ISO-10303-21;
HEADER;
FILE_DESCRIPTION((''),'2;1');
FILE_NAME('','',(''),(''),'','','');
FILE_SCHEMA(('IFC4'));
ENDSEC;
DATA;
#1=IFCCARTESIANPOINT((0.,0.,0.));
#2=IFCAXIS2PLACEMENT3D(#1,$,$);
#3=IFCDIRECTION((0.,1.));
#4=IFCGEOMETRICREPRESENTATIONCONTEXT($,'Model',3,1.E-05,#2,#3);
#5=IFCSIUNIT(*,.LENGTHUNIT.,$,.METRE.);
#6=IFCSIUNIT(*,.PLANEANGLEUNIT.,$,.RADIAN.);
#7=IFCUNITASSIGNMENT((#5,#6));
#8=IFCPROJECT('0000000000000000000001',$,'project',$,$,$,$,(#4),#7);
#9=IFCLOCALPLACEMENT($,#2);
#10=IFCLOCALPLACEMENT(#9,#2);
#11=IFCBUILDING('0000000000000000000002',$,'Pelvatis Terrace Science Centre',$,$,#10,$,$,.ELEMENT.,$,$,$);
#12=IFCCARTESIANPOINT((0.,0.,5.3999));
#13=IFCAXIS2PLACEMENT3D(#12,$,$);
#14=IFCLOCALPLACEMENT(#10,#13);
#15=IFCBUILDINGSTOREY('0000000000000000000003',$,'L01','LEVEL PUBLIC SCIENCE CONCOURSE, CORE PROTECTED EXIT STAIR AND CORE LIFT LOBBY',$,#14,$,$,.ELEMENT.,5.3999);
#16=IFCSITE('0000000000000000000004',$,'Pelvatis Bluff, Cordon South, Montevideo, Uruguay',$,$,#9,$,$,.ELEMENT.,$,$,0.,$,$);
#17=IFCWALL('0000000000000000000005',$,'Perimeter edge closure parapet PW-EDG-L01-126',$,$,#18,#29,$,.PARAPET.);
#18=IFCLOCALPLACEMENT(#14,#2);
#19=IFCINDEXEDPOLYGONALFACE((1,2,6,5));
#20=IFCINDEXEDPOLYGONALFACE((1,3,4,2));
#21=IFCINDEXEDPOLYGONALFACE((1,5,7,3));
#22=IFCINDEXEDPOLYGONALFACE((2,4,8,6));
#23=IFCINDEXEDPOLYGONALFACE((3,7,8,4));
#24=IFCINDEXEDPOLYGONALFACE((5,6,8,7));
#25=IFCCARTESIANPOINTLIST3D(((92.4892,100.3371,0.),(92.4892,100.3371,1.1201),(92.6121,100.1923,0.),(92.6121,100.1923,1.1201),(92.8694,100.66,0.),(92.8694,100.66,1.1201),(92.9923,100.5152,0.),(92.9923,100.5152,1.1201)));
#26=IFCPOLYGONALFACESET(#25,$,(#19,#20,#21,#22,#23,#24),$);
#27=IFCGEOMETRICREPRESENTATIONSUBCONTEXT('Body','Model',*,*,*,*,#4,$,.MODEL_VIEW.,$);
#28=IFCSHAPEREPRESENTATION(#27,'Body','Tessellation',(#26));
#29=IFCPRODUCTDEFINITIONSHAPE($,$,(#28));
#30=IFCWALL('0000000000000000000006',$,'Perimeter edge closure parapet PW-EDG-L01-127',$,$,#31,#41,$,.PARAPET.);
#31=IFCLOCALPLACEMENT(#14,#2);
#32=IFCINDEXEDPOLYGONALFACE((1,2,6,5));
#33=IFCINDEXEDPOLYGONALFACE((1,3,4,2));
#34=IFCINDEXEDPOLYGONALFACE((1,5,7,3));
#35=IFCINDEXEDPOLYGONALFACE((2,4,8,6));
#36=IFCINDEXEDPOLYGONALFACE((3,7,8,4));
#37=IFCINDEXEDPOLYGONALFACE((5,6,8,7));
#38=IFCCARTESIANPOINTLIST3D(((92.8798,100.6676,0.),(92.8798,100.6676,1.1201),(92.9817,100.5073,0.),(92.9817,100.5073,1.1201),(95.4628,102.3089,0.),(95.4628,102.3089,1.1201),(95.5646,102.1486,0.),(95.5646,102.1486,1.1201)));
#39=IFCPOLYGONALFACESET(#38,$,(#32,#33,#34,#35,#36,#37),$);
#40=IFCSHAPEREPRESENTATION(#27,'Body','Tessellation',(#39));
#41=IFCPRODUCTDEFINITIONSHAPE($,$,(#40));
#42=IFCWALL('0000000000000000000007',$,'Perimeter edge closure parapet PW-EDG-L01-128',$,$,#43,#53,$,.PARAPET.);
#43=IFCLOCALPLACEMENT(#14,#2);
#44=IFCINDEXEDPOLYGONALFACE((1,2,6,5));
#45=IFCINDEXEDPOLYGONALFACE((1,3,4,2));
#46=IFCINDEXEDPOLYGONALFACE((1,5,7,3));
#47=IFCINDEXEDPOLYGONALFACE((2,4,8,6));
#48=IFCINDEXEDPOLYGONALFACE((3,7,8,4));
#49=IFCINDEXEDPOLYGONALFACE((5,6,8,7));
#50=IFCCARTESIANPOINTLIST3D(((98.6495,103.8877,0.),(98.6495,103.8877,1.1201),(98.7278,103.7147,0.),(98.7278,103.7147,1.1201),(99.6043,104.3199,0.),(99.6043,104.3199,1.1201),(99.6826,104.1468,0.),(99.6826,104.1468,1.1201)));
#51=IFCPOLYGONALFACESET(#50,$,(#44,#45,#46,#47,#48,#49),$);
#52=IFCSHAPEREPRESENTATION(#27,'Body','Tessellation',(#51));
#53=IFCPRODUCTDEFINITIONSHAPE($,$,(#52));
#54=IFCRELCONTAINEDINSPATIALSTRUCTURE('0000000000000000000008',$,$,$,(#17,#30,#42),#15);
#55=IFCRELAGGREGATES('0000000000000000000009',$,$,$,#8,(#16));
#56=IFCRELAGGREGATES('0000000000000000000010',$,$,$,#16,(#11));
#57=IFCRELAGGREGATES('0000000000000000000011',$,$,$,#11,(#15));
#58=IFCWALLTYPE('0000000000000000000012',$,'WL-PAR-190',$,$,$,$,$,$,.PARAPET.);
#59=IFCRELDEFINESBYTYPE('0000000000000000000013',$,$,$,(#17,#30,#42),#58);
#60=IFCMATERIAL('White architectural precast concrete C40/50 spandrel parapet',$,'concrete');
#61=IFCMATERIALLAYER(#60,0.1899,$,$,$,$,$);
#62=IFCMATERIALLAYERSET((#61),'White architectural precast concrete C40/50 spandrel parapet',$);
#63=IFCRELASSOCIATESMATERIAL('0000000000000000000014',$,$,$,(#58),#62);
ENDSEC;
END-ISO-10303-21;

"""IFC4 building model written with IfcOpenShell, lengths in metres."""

from ifc_helpers import new_model, si_unit, direction, frame, frame_2d, origin, place, context, subcontext, project, spatial, rectangle, extrude, material, layer, layer_set, type_object, element, save


model = new_model("IFC4")

# Units and contexts
model_context = context("Model", 3, precision=1e-05, world=origin(), true_north=direction((0.0, 1.0)))
body_context = subcontext(model_context, "Body", "Model", "MODEL_VIEW")
ifc_project = project(units=[si_unit("LENGTHUNIT", "METRE"), si_unit("PLANEANGLEUNIT", "RADIAN")], contexts=[model_context])

# Site, building, storey
site_placement = place(None, origin())
site = spatial("IfcSite", under=ifc_project, at=site_placement, Name="Pelvatis Bluff, Cordon South, Montevideo, Uruguay", CompositionType="ELEMENT", RefElevation=0.0)
building_placement = place(site_placement, origin())
building = spatial("IfcBuilding", under=site, at=building_placement, Name="Pelvatis Terrace Science Centre", CompositionType="ELEMENT")
storey_placement = place(building_placement, frame((0.0, 0.0, 5.3999)))
storey = spatial("IfcBuildingStorey", under=building, at=storey_placement, Name="L01", Description="LEVEL PUBLIC SCIENCE CONCOURSE, CORE PROTECTED EXIT STAIR AND CORE LIFT LOBBY", CompositionType="ELEMENT", Elevation=5.3999)

# Walls
ifc_material_1 = material(Name="White architectural precast concrete C40/50 spandrel parapet", Category="concrete")
ifc_layer_1 = layer(ifc_material_1, 0.1899)
ifc_layer_set_1 = layer_set([ifc_layer_1], Name="White architectural precast concrete C40/50 spandrel parapet")
wall_type_1 = type_object("IfcWallType", Name="WL-PAR-190", PredefinedType="PARAPET", material=ifc_layer_set_1)
wall_1_placement = place(storey_placement, frame((92.5505, 100.2646, 0.0), z_axis=(0.0, 0.0, 1.0), x_axis=(0.76229, 0.647236, 0.0)))
element("IfcWall", 1, at=wall_1_placement, inside=storey, type_object=wall_type_1, Name="Perimeter edge closure parapet PW-EDG-L01-126", PredefinedType="PARAPET", context=body_context, shape_type="SweptSolid", body=[
    extrude(rectangle(XDim=0.4988, YDim=0.1899, at=frame_2d((0.2495, 0.0))), origin(), (0.0, 0.0, 1.0), 1.1201),
])
wall_2_placement = place(storey_placement, frame((92.9307, 100.5874, 0.0), z_axis=(0.0, 0.0, 1.0), x_axis=(0.844013, 0.536323, 0.0)))
element("IfcWall", 2, at=wall_2_placement, inside=storey, type_object=wall_type_1, Name="Perimeter edge closure parapet PW-EDG-L01-127", PredefinedType="PARAPET", context=body_context, shape_type="SweptSolid", body=[
    extrude(rectangle(XDim=3.0603, YDim=0.1899, at=frame_2d((1.5303, 0.0))), origin(), (0.0, 0.0, 1.0), 1.1201),
])
wall_3_placement = place(storey_placement, frame((98.6887, 103.8013, 0.0), z_axis=(0.0, 0.0, 1.0), x_axis=(0.911043, 0.412311, 0.0)))
element("IfcWall", 3, at=wall_3_placement, inside=storey, type_object=wall_type_1, Name="Perimeter edge closure parapet PW-EDG-L01-128", PredefinedType="PARAPET", context=body_context, shape_type="SweptSolid", body=[
    extrude(rectangle(XDim=1.0481, YDim=0.1899, at=frame_2d((0.5239, 0.0))), origin(), (0.0, 0.0, 1.0), 1.1201),
])

save(model, "model.ifc")
